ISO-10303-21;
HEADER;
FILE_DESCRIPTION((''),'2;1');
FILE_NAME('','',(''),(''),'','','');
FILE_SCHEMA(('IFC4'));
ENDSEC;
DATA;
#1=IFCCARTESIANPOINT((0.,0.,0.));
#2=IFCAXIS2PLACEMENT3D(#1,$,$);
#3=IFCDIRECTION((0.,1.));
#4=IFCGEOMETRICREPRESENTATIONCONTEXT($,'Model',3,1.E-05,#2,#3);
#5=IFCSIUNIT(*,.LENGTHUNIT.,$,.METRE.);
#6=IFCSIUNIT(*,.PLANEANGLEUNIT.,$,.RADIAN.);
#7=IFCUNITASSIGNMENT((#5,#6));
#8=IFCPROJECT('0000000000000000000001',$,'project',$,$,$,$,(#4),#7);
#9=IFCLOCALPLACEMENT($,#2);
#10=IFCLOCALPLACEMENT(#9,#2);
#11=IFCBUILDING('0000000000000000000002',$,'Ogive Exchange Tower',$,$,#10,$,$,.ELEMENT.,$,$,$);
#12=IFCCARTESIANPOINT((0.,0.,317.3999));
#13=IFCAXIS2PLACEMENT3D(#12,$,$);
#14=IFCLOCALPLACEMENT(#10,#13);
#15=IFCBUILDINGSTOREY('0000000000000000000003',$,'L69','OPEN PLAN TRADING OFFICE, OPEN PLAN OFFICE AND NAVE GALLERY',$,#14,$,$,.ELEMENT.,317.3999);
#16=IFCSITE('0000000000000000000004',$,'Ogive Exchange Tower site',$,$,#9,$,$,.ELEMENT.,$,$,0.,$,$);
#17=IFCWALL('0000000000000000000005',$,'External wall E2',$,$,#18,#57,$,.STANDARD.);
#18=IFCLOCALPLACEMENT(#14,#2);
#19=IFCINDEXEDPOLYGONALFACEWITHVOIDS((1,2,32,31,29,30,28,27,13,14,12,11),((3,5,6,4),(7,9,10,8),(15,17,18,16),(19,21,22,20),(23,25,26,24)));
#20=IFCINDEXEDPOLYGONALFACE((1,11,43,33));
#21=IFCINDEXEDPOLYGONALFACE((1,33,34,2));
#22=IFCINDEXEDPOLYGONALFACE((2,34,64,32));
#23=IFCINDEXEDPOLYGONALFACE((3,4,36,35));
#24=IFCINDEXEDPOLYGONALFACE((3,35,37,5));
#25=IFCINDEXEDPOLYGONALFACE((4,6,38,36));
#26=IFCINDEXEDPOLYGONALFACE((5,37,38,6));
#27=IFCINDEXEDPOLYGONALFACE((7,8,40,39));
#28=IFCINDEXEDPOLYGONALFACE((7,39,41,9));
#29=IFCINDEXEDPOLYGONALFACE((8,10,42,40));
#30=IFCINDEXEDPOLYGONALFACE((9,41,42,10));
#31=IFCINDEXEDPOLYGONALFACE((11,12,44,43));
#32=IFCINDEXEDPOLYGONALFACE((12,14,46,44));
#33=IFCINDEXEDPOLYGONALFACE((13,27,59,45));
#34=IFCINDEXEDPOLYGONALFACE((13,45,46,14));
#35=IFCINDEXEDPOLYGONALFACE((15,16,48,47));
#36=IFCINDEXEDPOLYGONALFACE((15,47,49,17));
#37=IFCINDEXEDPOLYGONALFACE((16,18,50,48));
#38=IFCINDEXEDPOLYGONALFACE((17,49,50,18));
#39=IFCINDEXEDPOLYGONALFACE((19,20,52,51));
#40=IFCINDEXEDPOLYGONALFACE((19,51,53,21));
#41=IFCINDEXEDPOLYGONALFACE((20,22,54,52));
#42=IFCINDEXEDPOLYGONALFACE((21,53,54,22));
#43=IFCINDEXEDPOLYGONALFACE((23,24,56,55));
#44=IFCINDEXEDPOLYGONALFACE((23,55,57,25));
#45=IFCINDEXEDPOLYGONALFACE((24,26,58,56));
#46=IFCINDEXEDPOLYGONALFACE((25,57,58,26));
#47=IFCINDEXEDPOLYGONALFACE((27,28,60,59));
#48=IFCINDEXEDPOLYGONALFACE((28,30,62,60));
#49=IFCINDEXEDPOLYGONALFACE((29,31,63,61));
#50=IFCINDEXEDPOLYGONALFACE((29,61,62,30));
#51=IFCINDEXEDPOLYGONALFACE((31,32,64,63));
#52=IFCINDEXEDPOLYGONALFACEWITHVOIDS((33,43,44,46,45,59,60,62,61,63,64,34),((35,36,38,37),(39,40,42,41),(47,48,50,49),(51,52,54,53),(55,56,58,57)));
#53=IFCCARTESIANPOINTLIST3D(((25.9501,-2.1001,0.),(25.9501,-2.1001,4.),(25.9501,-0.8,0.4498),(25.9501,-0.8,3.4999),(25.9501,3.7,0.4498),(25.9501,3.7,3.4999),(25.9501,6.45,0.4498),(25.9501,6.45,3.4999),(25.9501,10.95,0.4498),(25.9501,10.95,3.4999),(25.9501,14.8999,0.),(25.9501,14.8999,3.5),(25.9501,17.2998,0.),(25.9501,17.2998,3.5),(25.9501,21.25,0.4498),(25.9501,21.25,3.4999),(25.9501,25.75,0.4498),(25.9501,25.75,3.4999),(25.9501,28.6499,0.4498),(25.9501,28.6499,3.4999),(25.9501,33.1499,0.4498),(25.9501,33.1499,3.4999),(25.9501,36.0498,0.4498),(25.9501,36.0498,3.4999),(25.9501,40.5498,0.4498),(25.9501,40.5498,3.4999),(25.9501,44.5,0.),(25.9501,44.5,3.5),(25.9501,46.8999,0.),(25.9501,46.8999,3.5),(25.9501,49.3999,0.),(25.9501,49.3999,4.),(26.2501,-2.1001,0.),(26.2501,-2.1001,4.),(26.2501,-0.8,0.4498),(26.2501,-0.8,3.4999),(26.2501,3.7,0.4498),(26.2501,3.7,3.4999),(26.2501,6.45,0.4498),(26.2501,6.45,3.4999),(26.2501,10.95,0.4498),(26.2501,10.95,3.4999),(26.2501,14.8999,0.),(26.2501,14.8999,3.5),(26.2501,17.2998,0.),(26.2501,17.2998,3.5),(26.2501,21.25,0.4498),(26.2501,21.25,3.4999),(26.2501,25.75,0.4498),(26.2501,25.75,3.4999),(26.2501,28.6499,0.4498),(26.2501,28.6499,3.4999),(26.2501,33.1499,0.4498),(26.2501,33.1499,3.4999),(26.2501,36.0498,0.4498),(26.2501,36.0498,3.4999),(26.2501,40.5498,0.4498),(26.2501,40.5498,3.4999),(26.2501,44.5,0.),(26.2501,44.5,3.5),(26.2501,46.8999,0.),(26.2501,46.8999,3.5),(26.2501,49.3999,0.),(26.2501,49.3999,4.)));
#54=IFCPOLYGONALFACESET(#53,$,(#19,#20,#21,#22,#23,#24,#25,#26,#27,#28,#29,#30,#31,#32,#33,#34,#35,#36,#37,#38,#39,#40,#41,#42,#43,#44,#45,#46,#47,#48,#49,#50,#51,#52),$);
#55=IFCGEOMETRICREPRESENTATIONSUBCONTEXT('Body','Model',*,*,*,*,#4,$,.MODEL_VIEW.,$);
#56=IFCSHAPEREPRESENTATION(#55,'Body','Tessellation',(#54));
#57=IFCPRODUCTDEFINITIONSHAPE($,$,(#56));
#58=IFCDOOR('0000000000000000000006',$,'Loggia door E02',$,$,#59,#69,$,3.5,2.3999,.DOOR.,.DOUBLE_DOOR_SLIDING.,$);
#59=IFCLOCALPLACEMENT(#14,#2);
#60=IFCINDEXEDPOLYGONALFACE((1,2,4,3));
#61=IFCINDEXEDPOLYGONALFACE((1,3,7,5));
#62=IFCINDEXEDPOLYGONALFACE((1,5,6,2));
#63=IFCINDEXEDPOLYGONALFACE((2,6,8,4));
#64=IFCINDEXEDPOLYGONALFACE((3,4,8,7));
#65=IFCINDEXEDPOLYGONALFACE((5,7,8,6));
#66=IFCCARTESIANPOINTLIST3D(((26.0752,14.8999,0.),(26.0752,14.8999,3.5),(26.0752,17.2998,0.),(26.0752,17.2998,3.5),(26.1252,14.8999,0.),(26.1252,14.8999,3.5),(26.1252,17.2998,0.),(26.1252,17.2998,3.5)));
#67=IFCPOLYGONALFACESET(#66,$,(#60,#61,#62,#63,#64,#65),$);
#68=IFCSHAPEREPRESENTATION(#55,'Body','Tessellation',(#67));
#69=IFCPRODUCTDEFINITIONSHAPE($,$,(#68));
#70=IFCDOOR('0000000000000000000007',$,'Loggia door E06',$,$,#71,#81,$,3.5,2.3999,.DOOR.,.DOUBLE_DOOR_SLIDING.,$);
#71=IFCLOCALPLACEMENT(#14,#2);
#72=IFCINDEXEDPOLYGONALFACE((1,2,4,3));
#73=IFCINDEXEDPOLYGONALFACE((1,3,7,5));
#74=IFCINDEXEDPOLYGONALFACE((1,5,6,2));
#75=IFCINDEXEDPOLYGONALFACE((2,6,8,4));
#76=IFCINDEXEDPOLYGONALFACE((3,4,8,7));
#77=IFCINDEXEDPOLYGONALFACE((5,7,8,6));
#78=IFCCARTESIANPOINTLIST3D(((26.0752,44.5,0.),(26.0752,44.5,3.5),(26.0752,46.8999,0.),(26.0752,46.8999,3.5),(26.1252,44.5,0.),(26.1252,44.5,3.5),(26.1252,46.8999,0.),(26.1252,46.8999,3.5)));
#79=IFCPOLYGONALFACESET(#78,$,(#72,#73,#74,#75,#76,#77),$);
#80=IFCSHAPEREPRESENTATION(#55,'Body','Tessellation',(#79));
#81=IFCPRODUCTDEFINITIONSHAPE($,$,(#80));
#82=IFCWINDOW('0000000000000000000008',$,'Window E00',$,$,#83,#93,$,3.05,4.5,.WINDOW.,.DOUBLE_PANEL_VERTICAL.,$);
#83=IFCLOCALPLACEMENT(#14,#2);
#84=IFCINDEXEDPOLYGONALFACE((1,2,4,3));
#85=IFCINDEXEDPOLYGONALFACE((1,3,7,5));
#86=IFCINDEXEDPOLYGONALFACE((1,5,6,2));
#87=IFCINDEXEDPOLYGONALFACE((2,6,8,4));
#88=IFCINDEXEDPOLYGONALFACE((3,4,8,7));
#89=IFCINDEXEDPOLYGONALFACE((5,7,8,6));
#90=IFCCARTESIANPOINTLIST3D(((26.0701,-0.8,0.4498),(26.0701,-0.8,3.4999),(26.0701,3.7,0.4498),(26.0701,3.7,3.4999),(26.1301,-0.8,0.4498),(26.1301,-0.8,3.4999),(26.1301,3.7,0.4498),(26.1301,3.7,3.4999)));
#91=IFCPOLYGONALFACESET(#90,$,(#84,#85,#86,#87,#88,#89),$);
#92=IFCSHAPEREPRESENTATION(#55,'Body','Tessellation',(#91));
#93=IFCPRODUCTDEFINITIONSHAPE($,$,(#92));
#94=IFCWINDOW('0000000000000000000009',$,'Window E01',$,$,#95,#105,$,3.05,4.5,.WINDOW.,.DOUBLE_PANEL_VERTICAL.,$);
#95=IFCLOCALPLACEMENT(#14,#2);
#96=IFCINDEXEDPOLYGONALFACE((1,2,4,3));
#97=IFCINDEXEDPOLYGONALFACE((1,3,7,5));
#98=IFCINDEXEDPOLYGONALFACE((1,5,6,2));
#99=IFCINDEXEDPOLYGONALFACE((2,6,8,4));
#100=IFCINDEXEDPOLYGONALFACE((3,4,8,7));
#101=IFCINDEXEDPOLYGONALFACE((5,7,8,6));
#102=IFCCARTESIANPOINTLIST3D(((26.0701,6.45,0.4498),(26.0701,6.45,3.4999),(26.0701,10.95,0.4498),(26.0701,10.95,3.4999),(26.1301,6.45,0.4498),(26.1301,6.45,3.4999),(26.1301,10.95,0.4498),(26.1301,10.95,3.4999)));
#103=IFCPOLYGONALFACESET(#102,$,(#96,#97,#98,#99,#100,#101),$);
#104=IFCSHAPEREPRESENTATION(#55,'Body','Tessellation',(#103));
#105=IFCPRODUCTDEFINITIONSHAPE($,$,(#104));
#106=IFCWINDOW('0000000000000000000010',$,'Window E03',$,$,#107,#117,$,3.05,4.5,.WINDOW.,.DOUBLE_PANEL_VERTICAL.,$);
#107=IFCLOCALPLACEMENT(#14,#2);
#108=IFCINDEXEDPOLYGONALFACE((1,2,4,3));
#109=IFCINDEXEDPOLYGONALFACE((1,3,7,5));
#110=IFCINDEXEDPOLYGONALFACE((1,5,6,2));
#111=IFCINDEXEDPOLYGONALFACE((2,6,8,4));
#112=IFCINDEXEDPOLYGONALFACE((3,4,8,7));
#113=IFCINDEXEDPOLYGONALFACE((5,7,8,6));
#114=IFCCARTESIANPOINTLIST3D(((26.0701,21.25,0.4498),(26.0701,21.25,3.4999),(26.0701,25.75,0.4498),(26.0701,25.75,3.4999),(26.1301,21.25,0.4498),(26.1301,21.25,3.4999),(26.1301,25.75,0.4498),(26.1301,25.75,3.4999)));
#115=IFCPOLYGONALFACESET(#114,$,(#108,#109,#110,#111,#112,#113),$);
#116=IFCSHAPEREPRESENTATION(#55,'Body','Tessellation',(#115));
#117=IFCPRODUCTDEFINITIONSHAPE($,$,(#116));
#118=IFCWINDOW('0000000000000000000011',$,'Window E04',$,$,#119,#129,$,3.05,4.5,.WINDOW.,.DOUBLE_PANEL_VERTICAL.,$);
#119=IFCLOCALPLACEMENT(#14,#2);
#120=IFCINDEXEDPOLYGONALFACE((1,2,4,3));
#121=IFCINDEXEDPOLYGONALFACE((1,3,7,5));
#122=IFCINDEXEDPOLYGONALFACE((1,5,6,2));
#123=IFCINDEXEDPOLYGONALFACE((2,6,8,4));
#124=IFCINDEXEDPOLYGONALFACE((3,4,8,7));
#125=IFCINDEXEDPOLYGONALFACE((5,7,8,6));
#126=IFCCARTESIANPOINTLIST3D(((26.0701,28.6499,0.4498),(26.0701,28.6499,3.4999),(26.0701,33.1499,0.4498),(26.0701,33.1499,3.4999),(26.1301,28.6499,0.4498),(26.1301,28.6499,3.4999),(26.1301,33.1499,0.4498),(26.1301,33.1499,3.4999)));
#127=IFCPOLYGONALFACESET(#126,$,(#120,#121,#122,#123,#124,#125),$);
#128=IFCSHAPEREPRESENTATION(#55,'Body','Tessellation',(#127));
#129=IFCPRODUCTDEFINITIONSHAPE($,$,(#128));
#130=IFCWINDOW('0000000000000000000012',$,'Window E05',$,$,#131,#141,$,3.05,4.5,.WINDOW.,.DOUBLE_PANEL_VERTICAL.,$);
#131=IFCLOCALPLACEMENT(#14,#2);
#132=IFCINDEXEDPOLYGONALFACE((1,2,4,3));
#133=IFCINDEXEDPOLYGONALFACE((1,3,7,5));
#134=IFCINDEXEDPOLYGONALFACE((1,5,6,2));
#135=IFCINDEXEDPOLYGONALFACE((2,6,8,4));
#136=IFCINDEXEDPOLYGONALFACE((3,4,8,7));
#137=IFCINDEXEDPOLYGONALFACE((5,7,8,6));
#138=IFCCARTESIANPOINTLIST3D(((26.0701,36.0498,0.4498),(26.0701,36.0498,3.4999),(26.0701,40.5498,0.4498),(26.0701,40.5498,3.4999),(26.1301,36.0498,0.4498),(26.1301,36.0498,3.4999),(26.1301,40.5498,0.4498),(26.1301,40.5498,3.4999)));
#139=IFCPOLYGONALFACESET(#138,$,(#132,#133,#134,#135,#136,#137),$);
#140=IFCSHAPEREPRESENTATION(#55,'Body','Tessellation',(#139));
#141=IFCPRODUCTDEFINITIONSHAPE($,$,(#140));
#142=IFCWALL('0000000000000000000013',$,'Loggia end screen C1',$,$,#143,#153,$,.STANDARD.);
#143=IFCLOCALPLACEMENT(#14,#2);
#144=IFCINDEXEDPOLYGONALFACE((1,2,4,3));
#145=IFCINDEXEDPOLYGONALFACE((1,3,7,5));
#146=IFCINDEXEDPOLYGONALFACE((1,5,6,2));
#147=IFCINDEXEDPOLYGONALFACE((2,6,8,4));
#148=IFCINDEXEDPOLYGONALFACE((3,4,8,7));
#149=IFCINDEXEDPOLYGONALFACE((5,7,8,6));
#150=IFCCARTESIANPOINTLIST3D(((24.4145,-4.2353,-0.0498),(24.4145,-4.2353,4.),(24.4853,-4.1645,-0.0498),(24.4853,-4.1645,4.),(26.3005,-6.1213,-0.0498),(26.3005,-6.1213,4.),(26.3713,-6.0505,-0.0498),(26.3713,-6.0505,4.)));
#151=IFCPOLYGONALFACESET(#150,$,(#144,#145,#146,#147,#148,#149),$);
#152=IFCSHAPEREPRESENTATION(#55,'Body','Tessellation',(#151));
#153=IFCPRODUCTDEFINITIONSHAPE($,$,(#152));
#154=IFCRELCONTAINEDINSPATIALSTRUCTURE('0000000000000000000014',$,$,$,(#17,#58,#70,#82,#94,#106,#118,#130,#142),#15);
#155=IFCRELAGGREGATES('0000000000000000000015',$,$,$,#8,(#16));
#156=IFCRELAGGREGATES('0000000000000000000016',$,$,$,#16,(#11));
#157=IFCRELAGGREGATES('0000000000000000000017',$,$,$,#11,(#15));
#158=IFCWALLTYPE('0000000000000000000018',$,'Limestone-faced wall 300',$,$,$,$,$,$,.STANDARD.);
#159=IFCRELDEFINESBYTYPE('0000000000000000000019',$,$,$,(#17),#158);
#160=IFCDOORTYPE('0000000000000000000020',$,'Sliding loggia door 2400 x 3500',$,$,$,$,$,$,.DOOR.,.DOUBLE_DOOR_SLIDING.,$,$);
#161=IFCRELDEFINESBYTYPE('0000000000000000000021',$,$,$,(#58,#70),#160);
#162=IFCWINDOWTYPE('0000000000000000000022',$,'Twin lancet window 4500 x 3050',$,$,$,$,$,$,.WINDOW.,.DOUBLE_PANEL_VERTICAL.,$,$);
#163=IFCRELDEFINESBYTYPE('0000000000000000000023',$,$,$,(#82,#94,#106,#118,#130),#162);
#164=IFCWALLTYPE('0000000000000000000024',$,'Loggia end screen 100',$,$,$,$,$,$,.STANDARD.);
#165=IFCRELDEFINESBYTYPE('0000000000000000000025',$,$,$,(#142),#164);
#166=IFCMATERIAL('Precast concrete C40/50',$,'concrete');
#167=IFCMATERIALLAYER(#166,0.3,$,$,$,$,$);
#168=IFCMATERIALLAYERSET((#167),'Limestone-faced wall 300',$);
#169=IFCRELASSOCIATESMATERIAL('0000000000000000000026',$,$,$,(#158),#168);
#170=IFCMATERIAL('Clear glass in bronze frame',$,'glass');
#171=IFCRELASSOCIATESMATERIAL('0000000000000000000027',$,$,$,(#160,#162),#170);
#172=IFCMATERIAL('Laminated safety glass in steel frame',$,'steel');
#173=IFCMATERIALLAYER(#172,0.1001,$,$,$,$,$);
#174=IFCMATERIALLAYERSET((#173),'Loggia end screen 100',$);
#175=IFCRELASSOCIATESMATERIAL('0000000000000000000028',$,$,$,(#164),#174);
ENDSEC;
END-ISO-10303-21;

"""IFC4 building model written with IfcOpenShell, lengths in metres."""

from ifc_helpers import new_model, si_unit, direction, frame, frame_2d, origin, place, context, subcontext, project, spatial, rectangle, extrude, material, layer, layer_set, type_object, element, fill, save


model = new_model("IFC4")

# Units and contexts
model_context = context("Model", 3, precision=1e-05, world=origin(), true_north=direction((0.0, 1.0)))
body_context = subcontext(model_context, "Body", "Model", "MODEL_VIEW")
ifc_project = project(units=[si_unit("LENGTHUNIT", "METRE"), si_unit("PLANEANGLEUNIT", "RADIAN")], contexts=[model_context])

# Site, building, storey
site_placement = place(None, origin())
site = spatial("IfcSite", under=ifc_project, at=site_placement, Name="Ogive Exchange Tower site", CompositionType="ELEMENT", RefElevation=0.0)
building_placement = place(site_placement, origin())
building = spatial("IfcBuilding", under=site, at=building_placement, Name="Ogive Exchange Tower", CompositionType="ELEMENT")
storey_placement = place(building_placement, frame((0.0, 0.0, 317.3999)))
storey = spatial("IfcBuildingStorey", under=building, at=storey_placement, Name="L69", Description="OPEN PLAN TRADING OFFICE, OPEN PLAN OFFICE AND NAVE GALLERY", CompositionType="ELEMENT", Elevation=317.3999)

# Wall, openings, doors, windows
ifc_material_1 = material(Name="Precast concrete C40/50", Category="concrete")
ifc_layer_1 = layer(ifc_material_1, 0.3)
ifc_layer_set_1 = layer_set([ifc_layer_1], Name="Limestone-faced wall 300")
wall_type_1 = type_object("IfcWallType", Name="Limestone-faced wall 300", PredefinedType="STANDARD", material=ifc_layer_set_1)
wall_1_placement = place(storey_placement, frame((26.1001, -2.1001, 0.0), z_axis=(0.0, 0.0, 1.0), x_axis=(0.0, 1.0, 0.0)))
wall_1 = element("IfcWall", 1, at=wall_1_placement, inside=storey, type_object=wall_type_1, Name="External wall E2", PredefinedType="STANDARD", context=body_context, shape_type="SweptSolid", body=[
    extrude(rectangle(XDim=51.5, YDim=0.3, at=frame_2d((25.75, 0.0))), origin(), (0.0, 0.0, 1.0), 4.0),
])
opening_1_placement = place(wall_1_placement, frame((1.3, 0.0, 0.45)))
opening_1 = element("IfcOpeningElement", 2, at=opening_1_placement, cuts=wall_1, PredefinedType="OPENING", context=body_context, shape_type="SweptSolid", body=[
    extrude(rectangle(XDim=4.5, YDim=3.05, at=frame_2d((2.25, 1.5249))), frame((0.0, 0.1599, 0.0), z_axis=(0.0, -1.0, 0.0), x_axis=(1.0, 0.0, 0.0)), (0.0, 0.0, 1.0), 0.3201),
])
opening_2_placement = place(wall_1_placement, frame((8.55, 0.0, 0.45)))
opening_2 = element("IfcOpeningElement", 3, at=opening_2_placement, cuts=wall_1, PredefinedType="OPENING", context=body_context, shape_type="SweptSolid", body=[
    extrude(rectangle(XDim=4.5, YDim=3.05, at=frame_2d((2.25, 1.5249))), frame((0.0, 0.1599, 0.0), z_axis=(0.0, -1.0, 0.0), x_axis=(1.0, 0.0, 0.0)), (0.0, 0.0, 1.0), 0.3201),
])
opening_3_placement = place(wall_1_placement, frame((17.0, 0.0, 0.0)))
opening_3 = element("IfcOpeningElement", 4, at=opening_3_placement, cuts=wall_1, PredefinedType="OPENING", context=body_context, shape_type="SweptSolid", body=[
    extrude(rectangle(XDim=2.3999, YDim=3.5, at=frame_2d((1.2, 1.75))), frame((0.0, 0.1599, 0.0), z_axis=(0.0, -1.0, 0.0), x_axis=(1.0, 0.0, 0.0)), (0.0, 0.0, 1.0), 0.3201),
])
opening_4_placement = place(wall_1_placement, frame((23.3501, 0.0, 0.45)))
opening_4 = element("IfcOpeningElement", 5, at=opening_4_placement, cuts=wall_1, PredefinedType="OPENING", context=body_context, shape_type="SweptSolid", body=[
    extrude(rectangle(XDim=4.5, YDim=3.05, at=frame_2d((2.25, 1.5249))), frame((0.0, 0.1599, 0.0), z_axis=(0.0, -1.0, 0.0), x_axis=(1.0, 0.0, 0.0)), (0.0, 0.0, 1.0), 0.3201),
])
opening_5_placement = place(wall_1_placement, frame((30.75, 0.0, 0.45)))
opening_5 = element("IfcOpeningElement", 6, at=opening_5_placement, cuts=wall_1, PredefinedType="OPENING", context=body_context, shape_type="SweptSolid", body=[
    extrude(rectangle(XDim=4.5, YDim=3.05, at=frame_2d((2.25, 1.5249))), frame((0.0, 0.1599, 0.0), z_axis=(0.0, -1.0, 0.0), x_axis=(1.0, 0.0, 0.0)), (0.0, 0.0, 1.0), 0.3201),
])
opening_6_placement = place(wall_1_placement, frame((38.1499, 0.0, 0.45)))
opening_6 = element("IfcOpeningElement", 7, at=opening_6_placement, cuts=wall_1, PredefinedType="OPENING", context=body_context, shape_type="SweptSolid", body=[
    extrude(rectangle(XDim=4.5, YDim=3.05, at=frame_2d((2.25, 1.5249))), frame((0.0, 0.1599, 0.0), z_axis=(0.0, -1.0, 0.0), x_axis=(1.0, 0.0, 0.0)), (0.0, 0.0, 1.0), 0.3201),
])
opening_7_placement = place(wall_1_placement, frame((46.6001, 0.0, 0.0)))
opening_7 = element("IfcOpeningElement", 8, at=opening_7_placement, cuts=wall_1, PredefinedType="OPENING", context=body_context, shape_type="SweptSolid", body=[
    extrude(rectangle(XDim=2.3999, YDim=3.5, at=frame_2d((1.2, 1.75))), frame((0.0, 0.1599, 0.0), z_axis=(0.0, -1.0, 0.0), x_axis=(1.0, 0.0, 0.0)), (0.0, 0.0, 1.0), 0.3201),
])
ifc_material_2 = material(Name="Clear glass in bronze frame", Category="glass")
door_type_1 = type_object("IfcDoorType", Name="Sliding loggia door 2400 x 3500", OperationType="DOUBLE_DOOR_SLIDING", PredefinedType="DOOR", material=ifc_material_2)
door_1_placement = place(opening_3_placement, origin())
door_1 = element("IfcDoor", 9, at=door_1_placement, inside=storey, type_object=door_type_1, Name="Loggia door E02", OperationType="DOUBLE_DOOR_SLIDING", OverallHeight=3.5, OverallWidth=2.3999, PredefinedType="DOOR", context=body_context, shape_type="SweptSolid", body=[
    extrude(rectangle(XDim=2.3999, YDim=3.5, at=frame_2d((1.2, 1.75))), frame((0.0, 0.0249, 0.0), z_axis=(0.0, -1.0, 0.0), x_axis=(1.0, 0.0, 0.0)), (0.0, 0.0, 1.0), 0.05),
])
fill(opening_3, door_1)
door_2_placement = place(opening_7_placement, origin())
door_2 = element("IfcDoor", 10, at=door_2_placement, inside=storey, type_object=door_type_1, Name="Loggia door E06", OperationType="DOUBLE_DOOR_SLIDING", OverallHeight=3.5, OverallWidth=2.3999, PredefinedType="DOOR", context=body_context, shape_type="SweptSolid", body=[
    extrude(rectangle(XDim=2.3999, YDim=3.5, at=frame_2d((1.2, 1.75))), frame((0.0, 0.0249, 0.0), z_axis=(0.0, -1.0, 0.0), x_axis=(1.0, 0.0, 0.0)), (0.0, 0.0, 1.0), 0.05),
])
fill(opening_7, door_2)
window_type = type_object("IfcWindowType", Name="Twin lancet window 4500 x 3050", PartitioningType="DOUBLE_PANEL_VERTICAL", PredefinedType="WINDOW", material=ifc_material_2)
window_1_placement = place(opening_1_placement, origin())
window_1 = element("IfcWindow", 11, at=window_1_placement, inside=storey, type_object=window_type, Name="Window E00", OverallHeight=3.05, OverallWidth=4.5, PartitioningType="DOUBLE_PANEL_VERTICAL", PredefinedType="WINDOW", context=body_context, shape_type="SweptSolid", body=[
    extrude(rectangle(XDim=4.5, YDim=3.05, at=frame_2d((2.25, 1.5249))), frame((0.0, 0.03, 0.0), z_axis=(0.0, -1.0, 0.0), x_axis=(1.0, 0.0, 0.0)), (0.0, 0.0, 1.0), 0.0601),
])
fill(opening_1, window_1)
window_2_placement = place(opening_2_placement, origin())
window_2 = element("IfcWindow", 12, at=window_2_placement, inside=storey, type_object=window_type, Name="Window E01", OverallHeight=3.05, OverallWidth=4.5, PartitioningType="DOUBLE_PANEL_VERTICAL", PredefinedType="WINDOW", context=body_context, shape_type="SweptSolid", body=[
    extrude(rectangle(XDim=4.5, YDim=3.05, at=frame_2d((2.25, 1.5249))), frame((0.0, 0.03, 0.0), z_axis=(0.0, -1.0, 0.0), x_axis=(1.0, 0.0, 0.0)), (0.0, 0.0, 1.0), 0.0601),
])
fill(opening_2, window_2)
window_3_placement = place(opening_4_placement, origin())
window_3 = element("IfcWindow", 13, at=window_3_placement, inside=storey, type_object=window_type, Name="Window E03", OverallHeight=3.05, OverallWidth=4.5, PartitioningType="DOUBLE_PANEL_VERTICAL", PredefinedType="WINDOW", context=body_context, shape_type="SweptSolid", body=[
    extrude(rectangle(XDim=4.5, YDim=3.05, at=frame_2d((2.25, 1.5249))), frame((0.0, 0.03, 0.0), z_axis=(0.0, -1.0, 0.0), x_axis=(1.0, 0.0, 0.0)), (0.0, 0.0, 1.0), 0.0601),
])
fill(opening_4, window_3)
window_4_placement = place(opening_5_placement, origin())
window_4 = element("IfcWindow", 14, at=window_4_placement, inside=storey, type_object=window_type, Name="Window E04", OverallHeight=3.05, OverallWidth=4.5, PartitioningType="DOUBLE_PANEL_VERTICAL", PredefinedType="WINDOW", context=body_context, shape_type="SweptSolid", body=[
    extrude(rectangle(XDim=4.5, YDim=3.05, at=frame_2d((2.25, 1.5249))), frame((0.0, 0.03, 0.0), z_axis=(0.0, -1.0, 0.0), x_axis=(1.0, 0.0, 0.0)), (0.0, 0.0, 1.0), 0.0601),
])
fill(opening_5, window_4)
window_5_placement = place(opening_6_placement, origin())
window_5 = element("IfcWindow", 15, at=window_5_placement, inside=storey, type_object=window_type, Name="Window E05", OverallHeight=3.05, OverallWidth=4.5, PartitioningType="DOUBLE_PANEL_VERTICAL", PredefinedType="WINDOW", context=body_context, shape_type="SweptSolid", body=[
    extrude(rectangle(XDim=4.5, YDim=3.05, at=frame_2d((2.25, 1.5249))), frame((0.0, 0.03, 0.0), z_axis=(0.0, -1.0, 0.0), x_axis=(1.0, 0.0, 0.0)), (0.0, 0.0, 1.0), 0.0601),
])
fill(opening_6, window_5)

# Wall
ifc_material_3 = material(Name="Laminated safety glass in steel frame", Category="steel")
ifc_layer_2 = layer(ifc_material_3, 0.1001)
ifc_layer_set_2 = layer_set([ifc_layer_2], Name="Loggia end screen 100")
wall_type_2 = type_object("IfcWallType", Name="Loggia end screen 100", PredefinedType="STANDARD", material=ifc_layer_set_2)
wall_2_placement = place(storey_placement, frame((24.45, -4.2, -0.0498), z_axis=(0.0, 0.0, 1.0), x_axis=(0.707107, -0.707107, 0.0)))
element("IfcWall", 16, at=wall_2_placement, inside=storey, type_object=wall_type_2, Name="Loggia end screen C1", PredefinedType="STANDARD", context=body_context, shape_type="SweptSolid", body=[
    extrude(rectangle(XDim=2.6672, YDim=0.1001, at=frame_2d((1.3335, 0.0))), origin(), (0.0, 0.0, 1.0), 4.0498),
])

save(model, "model.ifc")
